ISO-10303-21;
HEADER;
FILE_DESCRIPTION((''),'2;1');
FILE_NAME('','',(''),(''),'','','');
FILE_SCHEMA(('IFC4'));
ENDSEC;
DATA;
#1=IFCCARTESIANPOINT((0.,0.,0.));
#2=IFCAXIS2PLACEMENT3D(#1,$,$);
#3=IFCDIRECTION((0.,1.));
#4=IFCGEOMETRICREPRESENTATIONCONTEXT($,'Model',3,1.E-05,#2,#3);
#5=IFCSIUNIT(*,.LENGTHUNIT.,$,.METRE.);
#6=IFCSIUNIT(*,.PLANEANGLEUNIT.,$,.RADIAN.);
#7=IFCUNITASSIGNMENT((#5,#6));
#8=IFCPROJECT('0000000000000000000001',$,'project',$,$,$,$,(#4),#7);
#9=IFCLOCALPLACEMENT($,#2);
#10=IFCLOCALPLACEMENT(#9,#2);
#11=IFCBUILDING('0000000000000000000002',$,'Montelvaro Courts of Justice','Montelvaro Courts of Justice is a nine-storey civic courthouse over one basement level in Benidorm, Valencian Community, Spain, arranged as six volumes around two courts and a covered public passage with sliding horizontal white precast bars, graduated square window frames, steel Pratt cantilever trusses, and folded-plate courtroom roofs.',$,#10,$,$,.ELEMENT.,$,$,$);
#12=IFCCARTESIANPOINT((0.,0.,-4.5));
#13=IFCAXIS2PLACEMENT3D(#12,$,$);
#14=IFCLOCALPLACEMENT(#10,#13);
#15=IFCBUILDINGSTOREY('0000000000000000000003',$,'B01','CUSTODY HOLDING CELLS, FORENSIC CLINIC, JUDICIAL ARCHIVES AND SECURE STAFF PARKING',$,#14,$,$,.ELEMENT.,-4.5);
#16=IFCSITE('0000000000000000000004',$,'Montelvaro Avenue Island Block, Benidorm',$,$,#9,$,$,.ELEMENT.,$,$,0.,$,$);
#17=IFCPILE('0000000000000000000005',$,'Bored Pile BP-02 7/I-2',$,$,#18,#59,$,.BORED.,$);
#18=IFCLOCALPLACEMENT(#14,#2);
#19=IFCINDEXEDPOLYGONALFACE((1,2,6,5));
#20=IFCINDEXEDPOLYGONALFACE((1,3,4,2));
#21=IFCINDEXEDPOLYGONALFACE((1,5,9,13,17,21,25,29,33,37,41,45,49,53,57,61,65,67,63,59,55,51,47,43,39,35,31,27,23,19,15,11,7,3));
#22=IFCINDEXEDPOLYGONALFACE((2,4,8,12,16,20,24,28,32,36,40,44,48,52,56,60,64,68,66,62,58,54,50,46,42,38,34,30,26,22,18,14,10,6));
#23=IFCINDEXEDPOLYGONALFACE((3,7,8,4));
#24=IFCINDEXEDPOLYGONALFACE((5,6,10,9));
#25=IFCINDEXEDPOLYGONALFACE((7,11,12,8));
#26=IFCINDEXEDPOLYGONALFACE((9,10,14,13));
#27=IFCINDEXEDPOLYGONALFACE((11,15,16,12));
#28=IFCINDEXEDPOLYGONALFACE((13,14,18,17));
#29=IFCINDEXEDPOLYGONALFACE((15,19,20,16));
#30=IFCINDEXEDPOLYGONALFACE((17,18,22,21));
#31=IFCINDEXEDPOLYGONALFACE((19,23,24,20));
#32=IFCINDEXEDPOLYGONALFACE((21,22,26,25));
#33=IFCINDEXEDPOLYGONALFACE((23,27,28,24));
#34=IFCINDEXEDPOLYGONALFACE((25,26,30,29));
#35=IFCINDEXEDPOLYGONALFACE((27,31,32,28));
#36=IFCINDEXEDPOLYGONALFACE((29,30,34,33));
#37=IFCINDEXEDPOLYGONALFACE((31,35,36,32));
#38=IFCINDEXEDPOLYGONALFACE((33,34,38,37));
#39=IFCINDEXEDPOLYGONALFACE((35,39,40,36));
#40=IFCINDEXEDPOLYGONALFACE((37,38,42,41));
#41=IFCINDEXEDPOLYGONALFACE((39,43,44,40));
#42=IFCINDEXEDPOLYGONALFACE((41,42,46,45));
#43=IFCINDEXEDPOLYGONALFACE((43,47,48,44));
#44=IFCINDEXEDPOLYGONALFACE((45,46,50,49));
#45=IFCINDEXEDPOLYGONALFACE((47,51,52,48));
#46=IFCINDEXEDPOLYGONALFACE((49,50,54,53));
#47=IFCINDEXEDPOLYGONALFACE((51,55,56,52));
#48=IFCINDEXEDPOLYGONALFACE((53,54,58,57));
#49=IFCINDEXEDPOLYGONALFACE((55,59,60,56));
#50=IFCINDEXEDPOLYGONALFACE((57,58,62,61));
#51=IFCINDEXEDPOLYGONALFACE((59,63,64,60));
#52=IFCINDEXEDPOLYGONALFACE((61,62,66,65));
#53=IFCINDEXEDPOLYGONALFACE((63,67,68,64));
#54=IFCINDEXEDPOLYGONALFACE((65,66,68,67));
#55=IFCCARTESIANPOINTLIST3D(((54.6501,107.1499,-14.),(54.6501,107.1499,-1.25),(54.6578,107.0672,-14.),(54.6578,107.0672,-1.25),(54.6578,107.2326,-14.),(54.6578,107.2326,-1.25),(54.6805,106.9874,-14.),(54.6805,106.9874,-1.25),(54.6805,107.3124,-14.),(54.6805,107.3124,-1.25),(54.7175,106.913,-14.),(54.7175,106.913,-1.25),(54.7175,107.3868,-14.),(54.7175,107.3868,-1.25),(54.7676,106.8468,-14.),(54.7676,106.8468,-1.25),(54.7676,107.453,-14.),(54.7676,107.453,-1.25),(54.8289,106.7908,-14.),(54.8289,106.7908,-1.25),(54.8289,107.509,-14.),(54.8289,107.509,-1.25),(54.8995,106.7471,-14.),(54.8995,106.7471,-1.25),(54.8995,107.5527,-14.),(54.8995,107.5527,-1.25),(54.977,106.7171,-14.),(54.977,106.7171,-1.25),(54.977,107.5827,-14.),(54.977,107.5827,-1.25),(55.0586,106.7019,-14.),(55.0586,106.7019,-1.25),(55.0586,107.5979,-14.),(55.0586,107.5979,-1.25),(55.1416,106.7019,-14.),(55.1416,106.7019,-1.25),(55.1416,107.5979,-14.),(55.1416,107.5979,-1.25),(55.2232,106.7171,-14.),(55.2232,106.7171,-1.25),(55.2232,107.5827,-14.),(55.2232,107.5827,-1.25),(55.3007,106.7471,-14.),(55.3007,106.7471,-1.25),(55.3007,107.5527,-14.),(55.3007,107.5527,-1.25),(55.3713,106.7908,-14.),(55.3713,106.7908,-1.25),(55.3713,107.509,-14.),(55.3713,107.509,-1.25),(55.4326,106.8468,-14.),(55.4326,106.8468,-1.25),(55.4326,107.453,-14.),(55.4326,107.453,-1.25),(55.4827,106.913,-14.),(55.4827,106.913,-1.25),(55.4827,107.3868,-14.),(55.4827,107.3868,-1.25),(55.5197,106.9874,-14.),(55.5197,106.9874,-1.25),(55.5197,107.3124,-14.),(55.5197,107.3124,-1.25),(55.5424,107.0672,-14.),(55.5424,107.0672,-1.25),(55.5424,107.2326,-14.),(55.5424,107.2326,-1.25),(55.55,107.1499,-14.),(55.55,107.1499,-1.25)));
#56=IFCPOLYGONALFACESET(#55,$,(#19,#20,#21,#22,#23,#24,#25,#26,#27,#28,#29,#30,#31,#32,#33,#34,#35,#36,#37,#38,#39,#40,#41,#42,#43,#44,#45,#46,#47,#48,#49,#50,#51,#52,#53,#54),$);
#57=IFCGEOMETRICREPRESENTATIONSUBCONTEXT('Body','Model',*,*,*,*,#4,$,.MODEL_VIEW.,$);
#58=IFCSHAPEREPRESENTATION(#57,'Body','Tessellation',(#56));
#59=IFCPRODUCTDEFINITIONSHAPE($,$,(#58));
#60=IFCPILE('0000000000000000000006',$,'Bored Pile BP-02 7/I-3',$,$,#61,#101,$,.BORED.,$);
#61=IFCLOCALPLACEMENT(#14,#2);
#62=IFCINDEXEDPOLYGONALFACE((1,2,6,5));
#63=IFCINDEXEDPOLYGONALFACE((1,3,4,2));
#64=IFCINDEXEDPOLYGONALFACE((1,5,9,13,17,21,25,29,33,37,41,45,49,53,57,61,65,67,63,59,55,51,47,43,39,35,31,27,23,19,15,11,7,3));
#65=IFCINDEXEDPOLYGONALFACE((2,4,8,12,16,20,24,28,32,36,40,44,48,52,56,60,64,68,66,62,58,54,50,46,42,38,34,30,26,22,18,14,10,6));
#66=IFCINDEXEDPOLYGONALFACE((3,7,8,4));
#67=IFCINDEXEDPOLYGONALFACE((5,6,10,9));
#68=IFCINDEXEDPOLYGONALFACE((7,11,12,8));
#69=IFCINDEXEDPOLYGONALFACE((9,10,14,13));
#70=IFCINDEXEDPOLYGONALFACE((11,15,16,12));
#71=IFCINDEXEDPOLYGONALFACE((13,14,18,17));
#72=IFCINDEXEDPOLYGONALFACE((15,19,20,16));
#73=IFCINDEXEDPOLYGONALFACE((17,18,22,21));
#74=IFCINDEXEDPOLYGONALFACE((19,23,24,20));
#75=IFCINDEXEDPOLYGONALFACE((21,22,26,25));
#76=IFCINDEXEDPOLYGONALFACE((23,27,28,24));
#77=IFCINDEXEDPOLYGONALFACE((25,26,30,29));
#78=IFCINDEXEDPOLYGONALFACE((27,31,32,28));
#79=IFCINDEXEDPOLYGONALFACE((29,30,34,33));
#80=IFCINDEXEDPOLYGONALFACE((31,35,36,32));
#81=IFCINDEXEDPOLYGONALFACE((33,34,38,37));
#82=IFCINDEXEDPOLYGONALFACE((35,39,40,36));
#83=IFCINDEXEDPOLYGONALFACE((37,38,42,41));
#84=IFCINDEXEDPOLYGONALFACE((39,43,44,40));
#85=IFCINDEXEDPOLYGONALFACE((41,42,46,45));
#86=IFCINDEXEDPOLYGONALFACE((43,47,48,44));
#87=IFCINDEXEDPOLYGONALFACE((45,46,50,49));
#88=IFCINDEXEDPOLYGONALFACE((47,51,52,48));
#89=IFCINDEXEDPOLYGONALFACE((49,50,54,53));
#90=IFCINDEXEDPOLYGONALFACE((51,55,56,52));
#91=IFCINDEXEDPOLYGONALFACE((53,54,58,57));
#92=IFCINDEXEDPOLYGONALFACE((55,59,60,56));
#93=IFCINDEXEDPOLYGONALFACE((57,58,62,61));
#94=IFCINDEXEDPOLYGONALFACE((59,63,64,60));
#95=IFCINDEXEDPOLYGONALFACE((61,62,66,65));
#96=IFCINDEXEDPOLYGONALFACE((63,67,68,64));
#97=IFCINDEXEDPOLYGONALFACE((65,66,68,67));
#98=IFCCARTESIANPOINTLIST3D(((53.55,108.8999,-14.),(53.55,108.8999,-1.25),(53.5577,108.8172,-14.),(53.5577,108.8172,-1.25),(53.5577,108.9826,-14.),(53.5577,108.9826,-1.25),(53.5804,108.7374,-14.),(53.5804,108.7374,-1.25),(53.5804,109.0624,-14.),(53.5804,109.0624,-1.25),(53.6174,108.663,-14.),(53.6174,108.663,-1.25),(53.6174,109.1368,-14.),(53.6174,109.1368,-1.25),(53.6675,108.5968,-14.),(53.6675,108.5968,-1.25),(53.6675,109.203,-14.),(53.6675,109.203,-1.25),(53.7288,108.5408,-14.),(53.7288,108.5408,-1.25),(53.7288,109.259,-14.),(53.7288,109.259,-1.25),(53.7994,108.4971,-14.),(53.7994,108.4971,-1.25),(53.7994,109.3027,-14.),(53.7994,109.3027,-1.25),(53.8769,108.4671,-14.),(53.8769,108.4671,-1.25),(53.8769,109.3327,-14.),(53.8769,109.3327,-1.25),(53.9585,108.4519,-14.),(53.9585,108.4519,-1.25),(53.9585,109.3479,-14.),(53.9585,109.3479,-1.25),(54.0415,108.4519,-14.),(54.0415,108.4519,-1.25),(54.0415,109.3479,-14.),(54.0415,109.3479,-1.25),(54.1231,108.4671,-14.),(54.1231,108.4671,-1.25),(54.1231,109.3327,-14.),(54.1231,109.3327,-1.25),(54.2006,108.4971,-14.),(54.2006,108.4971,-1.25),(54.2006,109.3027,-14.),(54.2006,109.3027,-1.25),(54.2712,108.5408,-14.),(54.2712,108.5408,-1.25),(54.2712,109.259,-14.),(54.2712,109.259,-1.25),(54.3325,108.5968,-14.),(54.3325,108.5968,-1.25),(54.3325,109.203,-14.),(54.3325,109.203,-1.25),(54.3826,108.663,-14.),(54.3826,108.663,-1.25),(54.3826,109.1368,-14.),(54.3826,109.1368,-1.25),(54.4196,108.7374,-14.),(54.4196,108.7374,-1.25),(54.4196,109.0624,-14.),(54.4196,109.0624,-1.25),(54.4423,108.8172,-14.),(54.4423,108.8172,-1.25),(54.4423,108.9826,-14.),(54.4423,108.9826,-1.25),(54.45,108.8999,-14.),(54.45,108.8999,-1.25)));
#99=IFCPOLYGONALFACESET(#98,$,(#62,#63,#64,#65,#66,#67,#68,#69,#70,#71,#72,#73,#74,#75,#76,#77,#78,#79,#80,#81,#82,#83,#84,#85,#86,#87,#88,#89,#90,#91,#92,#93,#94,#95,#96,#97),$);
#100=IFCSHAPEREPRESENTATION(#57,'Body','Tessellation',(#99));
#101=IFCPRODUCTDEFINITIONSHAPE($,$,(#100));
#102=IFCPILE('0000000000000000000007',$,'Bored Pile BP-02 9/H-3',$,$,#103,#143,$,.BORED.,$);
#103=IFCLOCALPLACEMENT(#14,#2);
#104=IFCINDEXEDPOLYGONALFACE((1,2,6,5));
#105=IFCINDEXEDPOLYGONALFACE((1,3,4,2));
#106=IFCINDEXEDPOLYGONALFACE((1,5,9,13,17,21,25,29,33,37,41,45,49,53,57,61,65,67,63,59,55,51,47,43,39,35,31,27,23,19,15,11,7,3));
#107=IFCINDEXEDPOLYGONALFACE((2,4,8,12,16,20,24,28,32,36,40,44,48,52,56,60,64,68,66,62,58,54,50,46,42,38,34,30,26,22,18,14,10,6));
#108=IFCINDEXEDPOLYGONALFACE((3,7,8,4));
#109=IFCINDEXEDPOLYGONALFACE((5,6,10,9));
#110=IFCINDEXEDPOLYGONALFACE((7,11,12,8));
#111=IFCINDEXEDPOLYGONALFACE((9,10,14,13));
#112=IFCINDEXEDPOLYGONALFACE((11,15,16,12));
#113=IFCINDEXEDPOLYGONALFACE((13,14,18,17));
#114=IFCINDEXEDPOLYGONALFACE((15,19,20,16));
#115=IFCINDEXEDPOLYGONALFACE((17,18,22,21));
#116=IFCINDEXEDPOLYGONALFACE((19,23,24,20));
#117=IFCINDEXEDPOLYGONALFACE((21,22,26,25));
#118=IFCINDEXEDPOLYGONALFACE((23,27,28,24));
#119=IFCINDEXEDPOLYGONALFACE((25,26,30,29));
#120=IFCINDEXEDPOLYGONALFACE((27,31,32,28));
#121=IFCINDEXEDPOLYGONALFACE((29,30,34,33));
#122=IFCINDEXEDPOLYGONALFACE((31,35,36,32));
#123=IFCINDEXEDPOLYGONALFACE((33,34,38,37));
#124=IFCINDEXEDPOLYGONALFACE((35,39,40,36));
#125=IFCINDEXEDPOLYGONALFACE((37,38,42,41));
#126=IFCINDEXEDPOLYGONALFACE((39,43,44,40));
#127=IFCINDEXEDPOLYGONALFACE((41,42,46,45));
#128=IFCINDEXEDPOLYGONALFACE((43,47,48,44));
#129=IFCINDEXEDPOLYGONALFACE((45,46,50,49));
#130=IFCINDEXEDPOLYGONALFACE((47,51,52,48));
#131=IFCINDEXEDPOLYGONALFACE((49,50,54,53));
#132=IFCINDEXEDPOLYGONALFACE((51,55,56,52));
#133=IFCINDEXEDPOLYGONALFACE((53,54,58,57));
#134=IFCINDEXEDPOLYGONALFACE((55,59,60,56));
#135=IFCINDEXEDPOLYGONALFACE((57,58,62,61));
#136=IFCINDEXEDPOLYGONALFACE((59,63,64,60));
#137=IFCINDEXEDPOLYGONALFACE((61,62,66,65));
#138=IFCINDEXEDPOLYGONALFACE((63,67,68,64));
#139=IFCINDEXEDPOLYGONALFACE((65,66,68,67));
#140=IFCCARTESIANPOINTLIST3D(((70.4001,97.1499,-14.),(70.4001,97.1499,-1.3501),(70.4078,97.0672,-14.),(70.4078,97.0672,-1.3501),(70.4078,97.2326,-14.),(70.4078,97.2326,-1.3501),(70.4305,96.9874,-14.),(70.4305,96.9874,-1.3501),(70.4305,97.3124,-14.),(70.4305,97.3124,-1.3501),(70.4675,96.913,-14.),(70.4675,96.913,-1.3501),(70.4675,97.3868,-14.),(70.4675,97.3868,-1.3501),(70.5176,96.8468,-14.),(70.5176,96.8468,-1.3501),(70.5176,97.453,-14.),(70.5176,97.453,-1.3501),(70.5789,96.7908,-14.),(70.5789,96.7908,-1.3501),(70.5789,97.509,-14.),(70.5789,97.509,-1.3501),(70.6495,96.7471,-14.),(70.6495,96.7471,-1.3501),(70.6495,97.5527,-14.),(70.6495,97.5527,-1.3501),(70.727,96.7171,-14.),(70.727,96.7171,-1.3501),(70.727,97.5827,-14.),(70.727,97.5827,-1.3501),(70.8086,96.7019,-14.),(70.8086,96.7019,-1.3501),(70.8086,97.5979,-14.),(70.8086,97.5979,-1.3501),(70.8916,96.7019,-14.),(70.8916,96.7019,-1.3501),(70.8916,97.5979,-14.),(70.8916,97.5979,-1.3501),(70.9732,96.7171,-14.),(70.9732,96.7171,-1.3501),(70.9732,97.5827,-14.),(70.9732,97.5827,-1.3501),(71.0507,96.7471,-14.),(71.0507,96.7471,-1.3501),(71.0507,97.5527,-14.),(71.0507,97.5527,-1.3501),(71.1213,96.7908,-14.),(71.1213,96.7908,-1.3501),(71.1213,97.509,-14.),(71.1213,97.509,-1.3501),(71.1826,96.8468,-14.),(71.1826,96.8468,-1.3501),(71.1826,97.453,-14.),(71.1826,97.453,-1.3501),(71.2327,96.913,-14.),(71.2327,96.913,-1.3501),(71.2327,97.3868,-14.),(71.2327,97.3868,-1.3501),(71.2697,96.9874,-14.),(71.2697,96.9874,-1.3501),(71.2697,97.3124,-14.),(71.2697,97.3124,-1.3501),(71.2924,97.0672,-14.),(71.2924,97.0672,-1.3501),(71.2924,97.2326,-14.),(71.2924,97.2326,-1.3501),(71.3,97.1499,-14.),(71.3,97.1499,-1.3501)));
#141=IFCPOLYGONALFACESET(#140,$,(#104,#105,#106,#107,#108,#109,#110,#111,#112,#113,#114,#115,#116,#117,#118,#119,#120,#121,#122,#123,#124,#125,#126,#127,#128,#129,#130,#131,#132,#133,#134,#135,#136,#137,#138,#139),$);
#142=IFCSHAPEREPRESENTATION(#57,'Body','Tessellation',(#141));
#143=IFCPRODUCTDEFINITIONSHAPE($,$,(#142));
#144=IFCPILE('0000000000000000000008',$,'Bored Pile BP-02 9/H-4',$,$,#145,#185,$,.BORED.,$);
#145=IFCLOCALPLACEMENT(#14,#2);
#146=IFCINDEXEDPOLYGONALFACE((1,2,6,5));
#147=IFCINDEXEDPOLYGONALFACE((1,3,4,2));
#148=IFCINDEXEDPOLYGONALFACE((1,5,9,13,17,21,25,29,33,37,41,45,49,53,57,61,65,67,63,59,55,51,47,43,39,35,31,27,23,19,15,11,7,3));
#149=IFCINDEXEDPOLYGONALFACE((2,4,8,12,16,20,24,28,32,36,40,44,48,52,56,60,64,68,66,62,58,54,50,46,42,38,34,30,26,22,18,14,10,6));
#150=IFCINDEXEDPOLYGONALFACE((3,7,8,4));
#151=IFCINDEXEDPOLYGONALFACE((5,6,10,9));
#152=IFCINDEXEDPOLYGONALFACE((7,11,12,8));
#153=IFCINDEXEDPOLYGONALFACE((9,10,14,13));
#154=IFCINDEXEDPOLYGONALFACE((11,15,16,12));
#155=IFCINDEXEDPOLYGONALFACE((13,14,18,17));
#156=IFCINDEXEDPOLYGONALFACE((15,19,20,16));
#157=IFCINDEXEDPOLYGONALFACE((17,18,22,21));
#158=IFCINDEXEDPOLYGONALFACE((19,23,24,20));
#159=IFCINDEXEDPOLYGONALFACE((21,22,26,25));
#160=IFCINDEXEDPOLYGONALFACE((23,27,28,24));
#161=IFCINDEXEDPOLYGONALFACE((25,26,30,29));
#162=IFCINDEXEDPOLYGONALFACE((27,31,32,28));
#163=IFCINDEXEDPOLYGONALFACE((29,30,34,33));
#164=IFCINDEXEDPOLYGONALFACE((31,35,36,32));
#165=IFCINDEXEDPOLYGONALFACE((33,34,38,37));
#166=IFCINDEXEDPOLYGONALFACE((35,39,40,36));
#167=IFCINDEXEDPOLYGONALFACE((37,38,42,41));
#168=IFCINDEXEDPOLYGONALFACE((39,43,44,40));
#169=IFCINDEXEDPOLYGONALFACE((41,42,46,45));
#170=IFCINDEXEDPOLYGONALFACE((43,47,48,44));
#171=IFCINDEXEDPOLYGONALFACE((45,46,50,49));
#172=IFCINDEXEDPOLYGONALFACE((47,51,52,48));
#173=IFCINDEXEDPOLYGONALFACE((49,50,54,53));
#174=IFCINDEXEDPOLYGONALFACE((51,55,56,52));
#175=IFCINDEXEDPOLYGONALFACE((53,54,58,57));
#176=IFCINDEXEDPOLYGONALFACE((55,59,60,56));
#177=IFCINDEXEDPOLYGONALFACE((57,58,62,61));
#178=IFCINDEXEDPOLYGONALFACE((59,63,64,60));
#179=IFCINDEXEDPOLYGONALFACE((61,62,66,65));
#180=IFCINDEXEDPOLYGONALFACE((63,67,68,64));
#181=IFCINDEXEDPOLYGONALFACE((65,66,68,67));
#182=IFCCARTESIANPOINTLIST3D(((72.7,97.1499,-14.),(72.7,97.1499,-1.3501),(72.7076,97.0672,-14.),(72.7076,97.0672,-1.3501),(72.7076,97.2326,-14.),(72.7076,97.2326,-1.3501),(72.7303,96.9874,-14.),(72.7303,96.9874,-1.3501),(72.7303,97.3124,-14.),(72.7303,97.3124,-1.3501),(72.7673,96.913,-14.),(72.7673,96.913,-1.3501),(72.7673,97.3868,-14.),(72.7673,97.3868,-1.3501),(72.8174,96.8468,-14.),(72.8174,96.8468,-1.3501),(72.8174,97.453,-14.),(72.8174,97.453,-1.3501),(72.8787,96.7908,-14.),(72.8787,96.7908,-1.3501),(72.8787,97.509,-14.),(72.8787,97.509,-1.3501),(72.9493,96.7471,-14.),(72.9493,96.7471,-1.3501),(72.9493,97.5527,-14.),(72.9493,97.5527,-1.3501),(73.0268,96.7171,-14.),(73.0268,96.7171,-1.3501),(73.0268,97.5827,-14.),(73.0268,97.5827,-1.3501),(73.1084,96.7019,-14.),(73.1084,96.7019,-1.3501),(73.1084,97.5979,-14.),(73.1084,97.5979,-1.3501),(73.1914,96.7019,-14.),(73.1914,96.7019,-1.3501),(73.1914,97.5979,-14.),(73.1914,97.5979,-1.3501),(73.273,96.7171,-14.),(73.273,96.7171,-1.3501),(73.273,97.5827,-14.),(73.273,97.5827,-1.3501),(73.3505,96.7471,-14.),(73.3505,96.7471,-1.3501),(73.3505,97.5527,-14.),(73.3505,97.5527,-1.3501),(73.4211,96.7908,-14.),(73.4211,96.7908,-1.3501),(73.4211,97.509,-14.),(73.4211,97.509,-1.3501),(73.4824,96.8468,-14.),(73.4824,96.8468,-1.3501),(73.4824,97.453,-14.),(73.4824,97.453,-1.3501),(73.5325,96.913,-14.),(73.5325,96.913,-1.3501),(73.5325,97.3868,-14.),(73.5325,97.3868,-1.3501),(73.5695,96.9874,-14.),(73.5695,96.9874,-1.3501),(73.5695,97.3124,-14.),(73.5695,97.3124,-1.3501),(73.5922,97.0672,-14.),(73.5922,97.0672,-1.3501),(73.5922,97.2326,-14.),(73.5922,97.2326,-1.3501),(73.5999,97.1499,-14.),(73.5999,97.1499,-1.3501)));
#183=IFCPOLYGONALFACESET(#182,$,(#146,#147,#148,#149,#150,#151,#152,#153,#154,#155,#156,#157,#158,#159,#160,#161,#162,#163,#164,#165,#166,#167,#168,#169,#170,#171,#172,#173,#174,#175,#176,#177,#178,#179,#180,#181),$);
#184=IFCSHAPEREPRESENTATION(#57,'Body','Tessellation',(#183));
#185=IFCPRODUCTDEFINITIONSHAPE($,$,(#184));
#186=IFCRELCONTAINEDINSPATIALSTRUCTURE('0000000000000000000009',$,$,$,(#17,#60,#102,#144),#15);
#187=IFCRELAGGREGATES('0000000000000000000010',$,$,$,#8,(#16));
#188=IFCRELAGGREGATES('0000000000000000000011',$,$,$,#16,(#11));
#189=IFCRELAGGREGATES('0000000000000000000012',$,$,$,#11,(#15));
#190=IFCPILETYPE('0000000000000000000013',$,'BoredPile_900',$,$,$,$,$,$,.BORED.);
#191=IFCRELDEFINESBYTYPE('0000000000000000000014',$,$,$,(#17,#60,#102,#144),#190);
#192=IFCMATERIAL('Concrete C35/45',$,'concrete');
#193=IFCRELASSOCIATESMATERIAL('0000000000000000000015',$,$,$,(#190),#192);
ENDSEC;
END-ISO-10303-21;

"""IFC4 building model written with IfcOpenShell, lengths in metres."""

from ifc_helpers import new_model, si_unit, direction, frame, origin, origin_2d, place, context, subcontext, project, spatial, circle, extrude, material, material_profile, profile_set, type_object, element, save


model = new_model("IFC4")

# Units and contexts
model_context = context("Model", 3, precision=1e-05, world=origin(), true_north=direction((0.0, 1.0)))
body_context = subcontext(model_context, "Body", "Model", "MODEL_VIEW")
ifc_project = project(units=[si_unit("LENGTHUNIT", "METRE"), si_unit("PLANEANGLEUNIT", "RADIAN")], contexts=[model_context])

# Site, building, storey
site_placement = place(None, origin())
site = spatial("IfcSite", under=ifc_project, at=site_placement, Name="Montelvaro Avenue Island Block, Benidorm", CompositionType="ELEMENT", RefElevation=0.0)
building_placement = place(site_placement, origin())
building = spatial("IfcBuilding", under=site, at=building_placement, Name="Montelvaro Courts of Justice", Description="Montelvaro Courts of Justice is a nine-storey civic courthouse over one basement level in Benidorm, Valencian Community, Spain, arranged as six volumes around two courts and a covered public passage with sliding horizontal white precast bars, graduated square window frames, steel Pratt cantilever trusses, and folded-plate courtroom roofs.", CompositionType="ELEMENT")
storey_placement = place(building_placement, frame((0.0, 0.0, -4.5)))
storey = spatial("IfcBuildingStorey", under=building, at=storey_placement, Name="B01", Description="CUSTODY HOLDING CELLS, FORENSIC CLINIC, JUDICIAL ARCHIVES AND SECURE STAFF PARKING", CompositionType="ELEMENT", Elevation=-4.5)

# Piles
ifc_material_1 = material(Name="Concrete C35/45", Category="concrete")
ifc_material_profile_1 = material_profile(ifc_material_1, circle(Radius=0.45, at=origin_2d()), Name="BORED PILE D900")
ifc_profile_set_1 = profile_set([ifc_material_profile_1], Name="Concrete C35/45")
pile_type_1 = type_object("IfcPileType", Name="BoredPile_900", PredefinedType="BORED", material=ifc_profile_set_1)
for number, where, z_axis, x_axis, name in (
    (1, (55.1001, 107.1499, -1.25), (0.0, 0.0, -1.0), (1.0, 0.0, 0.0), "Bored Pile BP-02 7/I-2"),
    (2, (54.0, 108.8999, -1.25), (0.0, 0.0, -1.0), (1.0, 0.0, 0.0), "Bored Pile BP-02 7/I-3"),
):
    element("IfcPile", number, at=place(storey_placement, frame(where, z_axis=z_axis, x_axis=x_axis)), inside=storey, type_object=pile_type_1, Name=name, PredefinedType="BORED", context=body_context, shape_type="SweptSolid", body=[
        extrude(circle(Radius=0.45, at=origin_2d()), origin(), (0.0, 0.0, 1.0), 12.75),
    ])
for number, where, z_axis, x_axis, name in (
    (3, (70.8501, 97.1499, -1.3501), (0.0, 0.0, -1.0), (1.0, 0.0, 0.0), "Bored Pile BP-02 9/H-3"),
    (4, (73.1499, 97.1499, -1.3501), (0.0, 0.0, -1.0), (1.0, 0.0, 0.0), "Bored Pile BP-02 9/H-4"),
):
    element("IfcPile", number, at=place(storey_placement, frame(where, z_axis=z_axis, x_axis=x_axis)), inside=storey, type_object=pile_type_1, Name=name, PredefinedType="BORED", context=body_context, shape_type="SweptSolid", body=[
        extrude(circle(Radius=0.45, at=origin_2d()), origin(), (0.0, 0.0, 1.0), 12.6499),
    ])

save(model, "model.ifc")
